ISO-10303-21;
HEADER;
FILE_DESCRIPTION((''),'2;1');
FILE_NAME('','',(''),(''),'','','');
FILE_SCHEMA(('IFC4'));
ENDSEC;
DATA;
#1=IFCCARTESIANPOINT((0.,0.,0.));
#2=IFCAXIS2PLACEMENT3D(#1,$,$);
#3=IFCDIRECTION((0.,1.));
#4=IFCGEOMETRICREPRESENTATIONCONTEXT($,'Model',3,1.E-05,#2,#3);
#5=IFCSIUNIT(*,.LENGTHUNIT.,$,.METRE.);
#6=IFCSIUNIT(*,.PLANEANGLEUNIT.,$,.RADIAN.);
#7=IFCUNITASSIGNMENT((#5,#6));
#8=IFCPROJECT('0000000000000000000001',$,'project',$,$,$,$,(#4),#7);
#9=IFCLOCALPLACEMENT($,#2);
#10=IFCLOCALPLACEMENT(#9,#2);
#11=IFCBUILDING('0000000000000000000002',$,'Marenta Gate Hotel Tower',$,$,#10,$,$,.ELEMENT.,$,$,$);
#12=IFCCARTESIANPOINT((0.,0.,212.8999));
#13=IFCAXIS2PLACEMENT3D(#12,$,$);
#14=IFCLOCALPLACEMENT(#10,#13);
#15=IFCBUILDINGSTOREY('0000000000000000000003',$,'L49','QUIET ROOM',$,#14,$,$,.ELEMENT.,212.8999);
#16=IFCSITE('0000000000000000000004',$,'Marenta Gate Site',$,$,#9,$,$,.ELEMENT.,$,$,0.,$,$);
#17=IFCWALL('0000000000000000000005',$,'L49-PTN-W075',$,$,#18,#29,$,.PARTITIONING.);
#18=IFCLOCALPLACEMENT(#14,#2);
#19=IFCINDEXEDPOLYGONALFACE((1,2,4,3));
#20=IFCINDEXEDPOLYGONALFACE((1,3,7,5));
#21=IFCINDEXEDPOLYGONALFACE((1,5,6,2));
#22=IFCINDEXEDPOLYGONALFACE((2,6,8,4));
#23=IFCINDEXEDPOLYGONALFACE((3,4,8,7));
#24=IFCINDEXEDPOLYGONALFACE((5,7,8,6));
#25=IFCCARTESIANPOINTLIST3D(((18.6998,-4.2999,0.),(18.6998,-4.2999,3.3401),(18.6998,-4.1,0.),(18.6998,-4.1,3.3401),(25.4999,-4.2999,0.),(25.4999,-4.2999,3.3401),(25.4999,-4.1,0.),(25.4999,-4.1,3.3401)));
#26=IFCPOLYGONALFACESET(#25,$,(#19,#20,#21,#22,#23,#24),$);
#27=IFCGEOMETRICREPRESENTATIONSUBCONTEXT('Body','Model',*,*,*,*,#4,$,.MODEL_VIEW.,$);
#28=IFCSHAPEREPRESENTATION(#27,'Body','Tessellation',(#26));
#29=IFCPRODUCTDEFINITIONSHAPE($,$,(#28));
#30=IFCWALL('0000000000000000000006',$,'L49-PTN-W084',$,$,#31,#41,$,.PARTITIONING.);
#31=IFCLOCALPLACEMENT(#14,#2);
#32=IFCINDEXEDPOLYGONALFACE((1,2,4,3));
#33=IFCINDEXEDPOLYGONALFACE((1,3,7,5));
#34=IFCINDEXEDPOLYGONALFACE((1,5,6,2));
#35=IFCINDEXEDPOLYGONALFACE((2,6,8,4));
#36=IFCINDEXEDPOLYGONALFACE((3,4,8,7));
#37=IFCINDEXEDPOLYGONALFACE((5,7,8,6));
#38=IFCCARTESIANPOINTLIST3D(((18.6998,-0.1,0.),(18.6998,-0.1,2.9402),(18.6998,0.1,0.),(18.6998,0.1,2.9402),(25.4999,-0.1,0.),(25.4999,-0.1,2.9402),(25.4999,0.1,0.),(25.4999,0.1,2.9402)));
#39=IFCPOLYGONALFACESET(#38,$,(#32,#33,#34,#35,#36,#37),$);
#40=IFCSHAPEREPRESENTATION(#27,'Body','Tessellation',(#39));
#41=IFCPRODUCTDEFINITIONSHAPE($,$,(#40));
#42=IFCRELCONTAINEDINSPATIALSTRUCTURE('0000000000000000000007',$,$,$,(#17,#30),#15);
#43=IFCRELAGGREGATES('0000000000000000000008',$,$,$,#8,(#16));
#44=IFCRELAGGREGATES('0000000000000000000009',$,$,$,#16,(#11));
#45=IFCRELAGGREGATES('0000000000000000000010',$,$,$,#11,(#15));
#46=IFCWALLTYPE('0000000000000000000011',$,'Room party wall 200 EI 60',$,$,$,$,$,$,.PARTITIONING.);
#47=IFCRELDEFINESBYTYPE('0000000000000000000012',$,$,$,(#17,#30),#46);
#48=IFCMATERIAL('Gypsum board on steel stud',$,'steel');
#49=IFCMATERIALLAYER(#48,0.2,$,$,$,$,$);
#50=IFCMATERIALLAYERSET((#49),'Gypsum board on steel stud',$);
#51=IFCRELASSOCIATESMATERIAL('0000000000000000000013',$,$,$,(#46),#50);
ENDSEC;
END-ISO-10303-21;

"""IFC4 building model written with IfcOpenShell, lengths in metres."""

from ifc_helpers import new_model, si_unit, direction, frame, frame_2d, origin, place, context, subcontext, project, spatial, rectangle, extrude, material, layer, layer_set, type_object, element, save


model = new_model("IFC4")

# Units and contexts
model_context = context("Model", 3, precision=1e-05, world=origin(), true_north=direction((0.0, 1.0)))
body_context = subcontext(model_context, "Body", "Model", "MODEL_VIEW")
ifc_project = project(units=[si_unit("LENGTHUNIT", "METRE"), si_unit("PLANEANGLEUNIT", "RADIAN")], contexts=[model_context])

# Site, building, storey
site_placement = place(None, origin())
site = spatial("IfcSite", under=ifc_project, at=site_placement, Name="Marenta Gate Site", CompositionType="ELEMENT", RefElevation=0.0)
building_placement = place(site_placement, origin())
building = spatial("IfcBuilding", under=site, at=building_placement, Name="Marenta Gate Hotel Tower", CompositionType="ELEMENT")
storey_placement = place(building_placement, frame((0.0, 0.0, 212.8999)))
storey = spatial("IfcBuildingStorey", under=building, at=storey_placement, Name="L49", Description="QUIET ROOM", CompositionType="ELEMENT", Elevation=212.8999)

# Walls
ifc_material_1 = material(Name="Gypsum board on steel stud", Category="steel")
ifc_layer_1 = layer(ifc_material_1, 0.2)
ifc_layer_set_1 = layer_set([ifc_layer_1], Name="Gypsum board on steel stud")
wall_type_1 = type_object("IfcWallType", Name="Room party wall 200 EI 60", PredefinedType="PARTITIONING", material=ifc_layer_set_1)
wall_1_placement = place(storey_placement, frame((18.7, -4.2, 0.0), z_axis=(0.0, 0.0, 1.0), x_axis=(1.0, 0.0, 0.0)))
element("IfcWall", 1, at=wall_1_placement, inside=storey, type_object=wall_type_1, Name="L49-PTN-W075", PredefinedType="PARTITIONING", context=body_context, shape_type="SweptSolid", body=[
    extrude(rectangle(XDim=6.8, YDim=0.2, at=frame_2d((3.3999, 0.0))), origin(), (0.0, 0.0, 1.0), 3.3401),
])
wall_2_placement = place(storey_placement, frame((18.7, 0.0, 0.0), z_axis=(0.0, 0.0, 1.0), x_axis=(1.0, 0.0, 0.0)))
element("IfcWall", 2, at=wall_2_placement, inside=storey, type_object=wall_type_1, Name="L49-PTN-W084", PredefinedType="PARTITIONING", context=body_context, shape_type="SweptSolid", body=[
    extrude(rectangle(XDim=6.8, YDim=0.2, at=frame_2d((3.3999, 0.0))), origin(), (0.0, 0.0, 1.0), 2.9402),
])

save(model, "model.ifc")
